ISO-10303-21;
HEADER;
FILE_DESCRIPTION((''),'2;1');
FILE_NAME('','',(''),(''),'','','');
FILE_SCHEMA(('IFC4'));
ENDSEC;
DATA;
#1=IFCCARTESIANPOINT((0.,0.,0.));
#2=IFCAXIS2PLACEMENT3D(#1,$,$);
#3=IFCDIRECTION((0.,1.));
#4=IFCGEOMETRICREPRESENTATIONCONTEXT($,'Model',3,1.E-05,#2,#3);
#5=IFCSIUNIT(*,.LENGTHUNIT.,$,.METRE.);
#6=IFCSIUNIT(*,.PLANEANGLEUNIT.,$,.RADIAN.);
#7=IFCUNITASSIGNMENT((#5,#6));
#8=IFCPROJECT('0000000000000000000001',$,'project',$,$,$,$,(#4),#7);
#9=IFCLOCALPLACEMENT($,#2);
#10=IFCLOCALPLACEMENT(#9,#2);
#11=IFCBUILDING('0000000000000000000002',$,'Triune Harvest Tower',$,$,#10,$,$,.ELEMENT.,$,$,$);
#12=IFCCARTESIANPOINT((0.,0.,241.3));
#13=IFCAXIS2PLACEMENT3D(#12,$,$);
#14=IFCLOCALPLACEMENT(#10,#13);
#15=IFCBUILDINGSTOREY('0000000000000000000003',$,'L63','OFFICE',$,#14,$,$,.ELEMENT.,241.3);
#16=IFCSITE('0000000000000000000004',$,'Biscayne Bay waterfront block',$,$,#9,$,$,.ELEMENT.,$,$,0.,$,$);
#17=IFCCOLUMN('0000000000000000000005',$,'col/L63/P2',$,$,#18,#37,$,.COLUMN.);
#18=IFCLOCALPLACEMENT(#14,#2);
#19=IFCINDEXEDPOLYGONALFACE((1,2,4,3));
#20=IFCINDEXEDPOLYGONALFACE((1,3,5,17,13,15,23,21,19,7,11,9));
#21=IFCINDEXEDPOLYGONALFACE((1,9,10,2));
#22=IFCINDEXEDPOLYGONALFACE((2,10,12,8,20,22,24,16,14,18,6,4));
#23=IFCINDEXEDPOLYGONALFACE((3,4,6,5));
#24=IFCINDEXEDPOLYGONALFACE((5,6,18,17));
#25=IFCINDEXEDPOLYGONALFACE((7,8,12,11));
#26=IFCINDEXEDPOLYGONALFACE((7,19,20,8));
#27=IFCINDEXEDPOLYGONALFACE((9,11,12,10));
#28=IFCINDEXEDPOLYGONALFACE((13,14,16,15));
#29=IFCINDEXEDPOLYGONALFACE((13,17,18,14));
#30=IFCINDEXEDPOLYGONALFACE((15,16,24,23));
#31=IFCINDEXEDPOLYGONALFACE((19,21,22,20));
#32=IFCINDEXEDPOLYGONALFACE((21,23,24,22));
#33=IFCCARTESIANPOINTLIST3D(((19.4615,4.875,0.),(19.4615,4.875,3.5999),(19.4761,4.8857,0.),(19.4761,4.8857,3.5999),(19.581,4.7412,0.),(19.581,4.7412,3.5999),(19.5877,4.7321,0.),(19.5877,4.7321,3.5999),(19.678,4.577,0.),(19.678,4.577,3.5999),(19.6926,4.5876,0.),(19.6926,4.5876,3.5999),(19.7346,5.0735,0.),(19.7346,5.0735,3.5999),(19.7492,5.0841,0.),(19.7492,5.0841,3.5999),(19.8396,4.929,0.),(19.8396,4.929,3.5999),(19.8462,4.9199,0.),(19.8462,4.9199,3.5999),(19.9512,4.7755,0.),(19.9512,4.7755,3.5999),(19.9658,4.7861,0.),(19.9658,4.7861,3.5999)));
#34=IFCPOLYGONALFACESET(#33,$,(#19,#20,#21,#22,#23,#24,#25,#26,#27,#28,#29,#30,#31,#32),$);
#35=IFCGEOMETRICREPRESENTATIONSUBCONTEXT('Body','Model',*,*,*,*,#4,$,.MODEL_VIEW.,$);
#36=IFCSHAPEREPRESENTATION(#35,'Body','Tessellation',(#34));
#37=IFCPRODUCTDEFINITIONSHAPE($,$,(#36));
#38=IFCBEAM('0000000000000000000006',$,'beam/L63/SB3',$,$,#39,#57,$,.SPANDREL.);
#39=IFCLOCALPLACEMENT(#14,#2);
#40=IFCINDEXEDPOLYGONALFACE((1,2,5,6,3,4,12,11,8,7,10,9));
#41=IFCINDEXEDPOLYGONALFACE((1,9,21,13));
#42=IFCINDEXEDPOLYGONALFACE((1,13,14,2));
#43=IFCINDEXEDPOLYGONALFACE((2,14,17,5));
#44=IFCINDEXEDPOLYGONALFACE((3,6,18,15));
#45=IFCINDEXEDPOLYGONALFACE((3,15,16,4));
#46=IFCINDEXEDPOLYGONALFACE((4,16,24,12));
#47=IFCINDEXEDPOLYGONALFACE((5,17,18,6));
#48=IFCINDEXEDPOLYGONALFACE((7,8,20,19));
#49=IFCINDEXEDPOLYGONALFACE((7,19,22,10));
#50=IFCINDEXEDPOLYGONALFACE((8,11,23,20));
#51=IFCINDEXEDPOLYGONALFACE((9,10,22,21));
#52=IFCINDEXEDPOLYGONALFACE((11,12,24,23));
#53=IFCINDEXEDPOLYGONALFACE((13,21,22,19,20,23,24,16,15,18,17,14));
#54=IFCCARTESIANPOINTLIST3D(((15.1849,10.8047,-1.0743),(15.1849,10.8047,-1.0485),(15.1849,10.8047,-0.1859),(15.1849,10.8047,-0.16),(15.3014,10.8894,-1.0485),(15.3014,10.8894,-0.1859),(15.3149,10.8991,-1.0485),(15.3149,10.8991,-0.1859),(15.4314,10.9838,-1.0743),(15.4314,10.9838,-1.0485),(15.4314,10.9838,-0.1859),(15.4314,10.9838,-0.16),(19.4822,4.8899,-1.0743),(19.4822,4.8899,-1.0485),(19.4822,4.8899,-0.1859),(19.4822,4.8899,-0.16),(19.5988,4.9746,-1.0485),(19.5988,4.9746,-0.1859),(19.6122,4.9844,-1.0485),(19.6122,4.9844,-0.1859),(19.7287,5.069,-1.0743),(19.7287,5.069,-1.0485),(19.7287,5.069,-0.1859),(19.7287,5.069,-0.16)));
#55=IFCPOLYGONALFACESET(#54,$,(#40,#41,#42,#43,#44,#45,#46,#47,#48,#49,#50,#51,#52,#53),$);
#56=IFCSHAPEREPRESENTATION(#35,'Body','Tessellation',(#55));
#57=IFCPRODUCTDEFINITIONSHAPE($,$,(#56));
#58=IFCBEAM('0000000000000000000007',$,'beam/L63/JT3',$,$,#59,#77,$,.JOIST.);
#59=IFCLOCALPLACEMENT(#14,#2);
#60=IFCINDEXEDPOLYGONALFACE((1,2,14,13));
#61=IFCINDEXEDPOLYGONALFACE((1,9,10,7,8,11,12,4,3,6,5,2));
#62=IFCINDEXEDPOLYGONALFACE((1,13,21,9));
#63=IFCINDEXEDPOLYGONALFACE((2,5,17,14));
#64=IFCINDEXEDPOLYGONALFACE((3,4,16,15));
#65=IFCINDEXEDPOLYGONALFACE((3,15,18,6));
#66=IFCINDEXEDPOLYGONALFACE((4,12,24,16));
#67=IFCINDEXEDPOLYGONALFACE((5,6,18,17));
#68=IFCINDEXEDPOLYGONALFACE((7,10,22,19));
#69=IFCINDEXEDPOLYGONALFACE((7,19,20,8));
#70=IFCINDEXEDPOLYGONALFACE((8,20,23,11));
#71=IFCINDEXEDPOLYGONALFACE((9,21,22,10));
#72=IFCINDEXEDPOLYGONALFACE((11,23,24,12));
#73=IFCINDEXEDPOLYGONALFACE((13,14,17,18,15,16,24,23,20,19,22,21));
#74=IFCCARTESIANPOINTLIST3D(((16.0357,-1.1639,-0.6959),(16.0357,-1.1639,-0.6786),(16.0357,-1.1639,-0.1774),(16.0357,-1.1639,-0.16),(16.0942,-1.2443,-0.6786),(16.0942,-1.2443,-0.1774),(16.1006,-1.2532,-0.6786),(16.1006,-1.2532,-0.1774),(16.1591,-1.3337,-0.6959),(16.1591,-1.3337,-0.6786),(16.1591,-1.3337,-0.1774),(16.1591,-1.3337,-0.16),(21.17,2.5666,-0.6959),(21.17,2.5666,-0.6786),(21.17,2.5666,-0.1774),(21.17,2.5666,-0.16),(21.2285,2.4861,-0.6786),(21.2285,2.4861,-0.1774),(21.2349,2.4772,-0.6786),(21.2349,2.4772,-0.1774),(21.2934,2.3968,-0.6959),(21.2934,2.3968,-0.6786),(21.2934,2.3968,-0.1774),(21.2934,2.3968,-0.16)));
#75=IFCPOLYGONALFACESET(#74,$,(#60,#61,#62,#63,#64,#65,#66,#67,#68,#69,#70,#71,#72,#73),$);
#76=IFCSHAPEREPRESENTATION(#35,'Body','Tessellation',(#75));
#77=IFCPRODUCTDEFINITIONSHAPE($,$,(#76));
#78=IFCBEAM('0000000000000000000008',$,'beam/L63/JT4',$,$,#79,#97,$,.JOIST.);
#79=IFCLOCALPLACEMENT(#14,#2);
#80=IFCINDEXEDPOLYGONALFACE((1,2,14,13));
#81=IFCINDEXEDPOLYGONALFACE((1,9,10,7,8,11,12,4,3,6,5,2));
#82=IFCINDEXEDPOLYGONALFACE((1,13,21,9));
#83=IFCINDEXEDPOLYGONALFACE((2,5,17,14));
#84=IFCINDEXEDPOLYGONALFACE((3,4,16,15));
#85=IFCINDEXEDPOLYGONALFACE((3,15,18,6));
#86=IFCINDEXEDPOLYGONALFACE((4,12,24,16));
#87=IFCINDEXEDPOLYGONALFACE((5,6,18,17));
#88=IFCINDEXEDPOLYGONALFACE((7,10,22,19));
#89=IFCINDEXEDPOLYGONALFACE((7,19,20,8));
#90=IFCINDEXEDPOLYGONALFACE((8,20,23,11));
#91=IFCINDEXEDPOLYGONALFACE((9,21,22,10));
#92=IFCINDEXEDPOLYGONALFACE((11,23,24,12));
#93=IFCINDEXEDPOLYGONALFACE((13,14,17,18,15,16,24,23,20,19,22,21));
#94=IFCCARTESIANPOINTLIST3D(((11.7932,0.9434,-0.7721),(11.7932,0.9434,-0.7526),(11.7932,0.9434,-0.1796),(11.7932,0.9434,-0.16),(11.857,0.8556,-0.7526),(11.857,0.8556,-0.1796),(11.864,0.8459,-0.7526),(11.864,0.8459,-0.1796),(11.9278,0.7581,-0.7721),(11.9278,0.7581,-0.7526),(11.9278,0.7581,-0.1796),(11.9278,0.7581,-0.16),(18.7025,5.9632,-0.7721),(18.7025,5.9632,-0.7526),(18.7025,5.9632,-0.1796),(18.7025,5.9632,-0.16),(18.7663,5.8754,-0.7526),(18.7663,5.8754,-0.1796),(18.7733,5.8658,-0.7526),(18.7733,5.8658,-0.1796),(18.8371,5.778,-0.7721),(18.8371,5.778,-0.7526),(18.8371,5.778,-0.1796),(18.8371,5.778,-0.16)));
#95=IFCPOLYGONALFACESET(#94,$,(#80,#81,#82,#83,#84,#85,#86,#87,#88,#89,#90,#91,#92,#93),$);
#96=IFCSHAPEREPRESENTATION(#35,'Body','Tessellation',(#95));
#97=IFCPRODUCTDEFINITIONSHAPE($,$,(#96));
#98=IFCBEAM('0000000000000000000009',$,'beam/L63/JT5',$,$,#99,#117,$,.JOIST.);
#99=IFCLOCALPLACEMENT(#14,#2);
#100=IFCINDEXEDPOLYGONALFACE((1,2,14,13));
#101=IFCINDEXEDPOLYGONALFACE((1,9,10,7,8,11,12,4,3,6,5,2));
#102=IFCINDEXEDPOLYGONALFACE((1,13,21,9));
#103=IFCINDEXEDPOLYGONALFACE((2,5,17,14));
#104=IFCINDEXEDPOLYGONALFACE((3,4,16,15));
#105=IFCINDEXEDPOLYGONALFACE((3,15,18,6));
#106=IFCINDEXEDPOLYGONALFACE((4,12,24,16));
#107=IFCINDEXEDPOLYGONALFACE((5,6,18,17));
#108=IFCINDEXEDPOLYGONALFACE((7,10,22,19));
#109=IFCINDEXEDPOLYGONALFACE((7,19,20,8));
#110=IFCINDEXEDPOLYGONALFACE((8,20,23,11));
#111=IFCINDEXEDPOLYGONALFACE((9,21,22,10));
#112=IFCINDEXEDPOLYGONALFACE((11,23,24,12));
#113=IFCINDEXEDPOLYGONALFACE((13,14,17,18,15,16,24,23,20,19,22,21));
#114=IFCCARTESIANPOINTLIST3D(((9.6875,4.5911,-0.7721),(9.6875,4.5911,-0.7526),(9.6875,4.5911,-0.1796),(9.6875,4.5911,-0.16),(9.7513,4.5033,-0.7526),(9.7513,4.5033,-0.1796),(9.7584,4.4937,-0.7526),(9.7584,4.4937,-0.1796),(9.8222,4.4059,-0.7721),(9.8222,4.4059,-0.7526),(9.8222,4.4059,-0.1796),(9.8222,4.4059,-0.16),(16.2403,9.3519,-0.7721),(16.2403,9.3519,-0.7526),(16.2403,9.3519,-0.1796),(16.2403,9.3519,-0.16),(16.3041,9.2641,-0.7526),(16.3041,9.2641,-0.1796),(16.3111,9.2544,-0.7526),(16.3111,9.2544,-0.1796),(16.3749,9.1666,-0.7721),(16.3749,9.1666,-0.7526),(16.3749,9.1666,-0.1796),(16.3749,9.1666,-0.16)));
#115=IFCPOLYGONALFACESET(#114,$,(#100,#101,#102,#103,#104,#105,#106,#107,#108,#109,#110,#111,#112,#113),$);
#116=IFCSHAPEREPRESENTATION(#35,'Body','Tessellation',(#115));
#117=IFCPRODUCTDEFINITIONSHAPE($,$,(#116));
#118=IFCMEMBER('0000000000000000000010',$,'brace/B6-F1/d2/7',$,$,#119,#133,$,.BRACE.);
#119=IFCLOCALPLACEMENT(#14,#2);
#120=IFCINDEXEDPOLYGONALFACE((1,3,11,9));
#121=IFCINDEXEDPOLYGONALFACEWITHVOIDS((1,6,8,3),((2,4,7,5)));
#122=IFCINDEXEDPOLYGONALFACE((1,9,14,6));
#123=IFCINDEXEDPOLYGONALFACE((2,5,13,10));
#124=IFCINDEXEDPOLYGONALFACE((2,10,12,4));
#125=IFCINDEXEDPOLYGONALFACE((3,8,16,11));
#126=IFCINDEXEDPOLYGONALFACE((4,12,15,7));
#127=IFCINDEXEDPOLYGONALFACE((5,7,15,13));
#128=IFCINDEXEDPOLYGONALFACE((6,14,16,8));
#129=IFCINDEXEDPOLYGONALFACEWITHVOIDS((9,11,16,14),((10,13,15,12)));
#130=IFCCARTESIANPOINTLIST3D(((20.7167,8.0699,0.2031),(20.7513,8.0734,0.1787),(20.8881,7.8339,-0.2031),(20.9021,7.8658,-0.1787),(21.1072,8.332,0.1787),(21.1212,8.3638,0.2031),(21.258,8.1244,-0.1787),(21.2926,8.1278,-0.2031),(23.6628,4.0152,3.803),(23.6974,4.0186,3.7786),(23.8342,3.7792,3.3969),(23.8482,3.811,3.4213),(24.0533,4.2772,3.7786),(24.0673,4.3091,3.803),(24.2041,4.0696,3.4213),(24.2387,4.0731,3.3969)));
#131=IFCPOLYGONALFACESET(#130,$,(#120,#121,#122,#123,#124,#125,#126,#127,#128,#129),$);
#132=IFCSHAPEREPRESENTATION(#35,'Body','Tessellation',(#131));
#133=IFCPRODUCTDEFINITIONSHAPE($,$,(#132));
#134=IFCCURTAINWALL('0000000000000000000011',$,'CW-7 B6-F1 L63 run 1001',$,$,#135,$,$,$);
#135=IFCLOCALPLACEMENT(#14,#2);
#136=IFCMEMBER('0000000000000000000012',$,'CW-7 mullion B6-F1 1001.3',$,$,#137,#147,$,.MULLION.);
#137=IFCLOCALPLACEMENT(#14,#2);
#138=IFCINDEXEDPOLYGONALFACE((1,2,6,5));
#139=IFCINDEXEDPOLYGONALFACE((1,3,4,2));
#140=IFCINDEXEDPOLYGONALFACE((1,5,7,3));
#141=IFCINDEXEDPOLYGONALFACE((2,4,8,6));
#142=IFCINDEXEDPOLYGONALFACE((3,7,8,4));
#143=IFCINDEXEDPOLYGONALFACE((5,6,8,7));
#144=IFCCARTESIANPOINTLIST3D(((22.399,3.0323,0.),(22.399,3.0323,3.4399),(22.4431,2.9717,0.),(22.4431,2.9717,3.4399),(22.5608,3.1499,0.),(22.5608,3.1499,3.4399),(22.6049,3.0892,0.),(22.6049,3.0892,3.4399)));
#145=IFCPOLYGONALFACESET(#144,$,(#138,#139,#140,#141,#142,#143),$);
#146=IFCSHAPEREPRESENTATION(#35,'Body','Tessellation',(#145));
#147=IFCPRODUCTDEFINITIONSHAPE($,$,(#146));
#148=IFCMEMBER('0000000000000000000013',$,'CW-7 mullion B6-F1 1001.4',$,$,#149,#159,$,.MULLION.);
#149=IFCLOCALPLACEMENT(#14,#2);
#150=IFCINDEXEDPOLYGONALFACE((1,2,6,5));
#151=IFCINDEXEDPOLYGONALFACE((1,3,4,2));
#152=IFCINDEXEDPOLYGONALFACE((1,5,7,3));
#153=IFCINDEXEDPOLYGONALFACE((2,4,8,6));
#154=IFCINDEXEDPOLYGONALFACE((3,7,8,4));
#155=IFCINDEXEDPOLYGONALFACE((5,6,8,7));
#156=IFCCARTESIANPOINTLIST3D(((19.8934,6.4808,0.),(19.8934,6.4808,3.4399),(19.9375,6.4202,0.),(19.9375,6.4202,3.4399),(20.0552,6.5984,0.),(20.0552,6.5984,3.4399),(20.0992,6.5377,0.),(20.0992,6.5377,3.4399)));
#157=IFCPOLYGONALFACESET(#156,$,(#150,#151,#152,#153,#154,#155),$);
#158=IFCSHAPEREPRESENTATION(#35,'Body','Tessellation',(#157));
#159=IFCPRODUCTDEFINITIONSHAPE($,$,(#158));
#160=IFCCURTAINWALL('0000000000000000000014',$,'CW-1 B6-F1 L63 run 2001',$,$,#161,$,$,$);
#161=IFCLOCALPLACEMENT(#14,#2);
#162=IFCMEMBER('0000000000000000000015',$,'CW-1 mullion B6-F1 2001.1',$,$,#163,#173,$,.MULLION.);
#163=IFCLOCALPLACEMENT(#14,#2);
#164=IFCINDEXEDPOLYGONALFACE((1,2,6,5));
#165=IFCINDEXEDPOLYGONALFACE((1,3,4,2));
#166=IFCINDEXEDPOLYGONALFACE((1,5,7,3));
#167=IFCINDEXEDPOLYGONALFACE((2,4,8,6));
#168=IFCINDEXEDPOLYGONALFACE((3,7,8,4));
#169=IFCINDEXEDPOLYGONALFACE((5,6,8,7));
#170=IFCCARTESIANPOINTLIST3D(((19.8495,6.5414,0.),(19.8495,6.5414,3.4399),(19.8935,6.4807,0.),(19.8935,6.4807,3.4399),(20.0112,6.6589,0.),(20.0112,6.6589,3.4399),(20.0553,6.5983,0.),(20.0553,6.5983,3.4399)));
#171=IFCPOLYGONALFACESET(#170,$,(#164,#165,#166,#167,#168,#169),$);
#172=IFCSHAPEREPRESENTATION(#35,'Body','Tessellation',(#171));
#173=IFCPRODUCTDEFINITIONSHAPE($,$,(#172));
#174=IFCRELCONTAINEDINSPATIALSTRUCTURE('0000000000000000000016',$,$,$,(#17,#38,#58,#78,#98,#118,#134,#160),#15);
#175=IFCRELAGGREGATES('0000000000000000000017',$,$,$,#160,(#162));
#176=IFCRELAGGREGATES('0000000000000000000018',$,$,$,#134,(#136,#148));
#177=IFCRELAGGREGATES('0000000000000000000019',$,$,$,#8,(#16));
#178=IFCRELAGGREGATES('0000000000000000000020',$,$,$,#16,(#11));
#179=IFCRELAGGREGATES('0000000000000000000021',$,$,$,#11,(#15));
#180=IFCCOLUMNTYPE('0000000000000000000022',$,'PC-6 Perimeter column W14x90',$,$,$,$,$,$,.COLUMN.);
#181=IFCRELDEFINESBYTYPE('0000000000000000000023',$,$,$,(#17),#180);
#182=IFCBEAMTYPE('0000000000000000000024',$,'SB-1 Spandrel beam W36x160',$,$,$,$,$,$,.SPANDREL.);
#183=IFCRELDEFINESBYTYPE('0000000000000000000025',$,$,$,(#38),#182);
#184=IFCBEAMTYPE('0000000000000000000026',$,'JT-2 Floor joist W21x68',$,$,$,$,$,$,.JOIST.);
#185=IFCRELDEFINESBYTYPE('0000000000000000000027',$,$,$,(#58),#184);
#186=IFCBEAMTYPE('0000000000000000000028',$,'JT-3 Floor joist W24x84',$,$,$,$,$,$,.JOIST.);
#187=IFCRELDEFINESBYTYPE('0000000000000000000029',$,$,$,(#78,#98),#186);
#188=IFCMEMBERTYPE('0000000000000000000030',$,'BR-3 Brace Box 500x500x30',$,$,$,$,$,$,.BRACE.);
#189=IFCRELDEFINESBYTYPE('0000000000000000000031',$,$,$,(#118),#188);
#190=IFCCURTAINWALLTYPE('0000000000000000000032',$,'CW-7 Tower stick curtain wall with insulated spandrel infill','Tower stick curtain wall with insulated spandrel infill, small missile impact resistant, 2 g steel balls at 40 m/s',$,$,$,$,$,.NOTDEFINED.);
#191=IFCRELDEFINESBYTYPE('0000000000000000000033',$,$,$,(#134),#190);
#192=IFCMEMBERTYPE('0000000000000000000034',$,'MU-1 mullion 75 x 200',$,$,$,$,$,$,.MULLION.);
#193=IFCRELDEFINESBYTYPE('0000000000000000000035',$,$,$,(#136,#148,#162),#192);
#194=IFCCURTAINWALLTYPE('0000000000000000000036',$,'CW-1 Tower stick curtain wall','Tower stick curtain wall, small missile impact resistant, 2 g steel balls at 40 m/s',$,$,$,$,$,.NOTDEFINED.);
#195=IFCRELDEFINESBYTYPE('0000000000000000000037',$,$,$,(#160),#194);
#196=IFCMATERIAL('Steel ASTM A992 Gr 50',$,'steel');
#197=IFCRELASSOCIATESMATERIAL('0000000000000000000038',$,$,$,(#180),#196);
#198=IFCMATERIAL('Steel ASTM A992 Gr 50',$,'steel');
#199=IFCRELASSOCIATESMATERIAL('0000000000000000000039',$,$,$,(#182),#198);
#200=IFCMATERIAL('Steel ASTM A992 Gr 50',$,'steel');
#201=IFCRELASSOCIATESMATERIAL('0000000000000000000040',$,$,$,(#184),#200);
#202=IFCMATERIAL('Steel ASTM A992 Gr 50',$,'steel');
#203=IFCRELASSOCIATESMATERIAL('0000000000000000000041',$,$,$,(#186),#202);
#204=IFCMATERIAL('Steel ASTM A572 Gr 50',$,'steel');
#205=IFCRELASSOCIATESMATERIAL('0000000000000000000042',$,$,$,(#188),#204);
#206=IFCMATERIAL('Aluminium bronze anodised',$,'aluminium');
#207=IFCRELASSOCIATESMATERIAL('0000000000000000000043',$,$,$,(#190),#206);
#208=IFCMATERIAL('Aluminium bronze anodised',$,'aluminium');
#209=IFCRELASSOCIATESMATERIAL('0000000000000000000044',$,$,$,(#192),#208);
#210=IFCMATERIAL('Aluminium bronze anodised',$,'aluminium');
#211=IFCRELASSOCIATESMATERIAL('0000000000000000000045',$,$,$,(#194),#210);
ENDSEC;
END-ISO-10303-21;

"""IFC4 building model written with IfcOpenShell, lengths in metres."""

from ifc_helpers import new_model, si_unit, direction, frame, origin, origin_2d, place, context, subcontext, project, spatial, rectangle, hollow_rectangle, i_section, extrude, source, transform, mapped, material, material_profile, profile_set, type_object, element, aggregate, save


model = new_model("IFC4")

# Units and contexts
model_context = context("Model", 3, precision=1e-05, world=origin(), true_north=direction((0.0, 1.0)))
body_context = subcontext(model_context, "Body", "Model", "MODEL_VIEW")
ifc_project = project(units=[si_unit("LENGTHUNIT", "METRE"), si_unit("PLANEANGLEUNIT", "RADIAN")], contexts=[model_context])

# Site, building, storey
site_placement = place(None, origin())
site = spatial("IfcSite", under=ifc_project, at=site_placement, Name="Biscayne Bay waterfront block", CompositionType="ELEMENT", RefElevation=0.0)
building_placement = place(site_placement, origin())
building = spatial("IfcBuilding", under=site, at=building_placement, Name="Triune Harvest Tower", CompositionType="ELEMENT")
storey_placement = place(building_placement, frame((0.0, 0.0, 241.3)))
storey = spatial("IfcBuildingStorey", under=building, at=storey_placement, Name="L63", Description="OFFICE", CompositionType="ELEMENT", Elevation=241.3)

# Column
ifc_material_1 = material(Name="Steel ASTM A992 Gr 50", Category="steel")
ifc_material_profile_1 = material_profile(ifc_material_1, i_section(OverallWidth=0.3684, OverallDepth=0.3557, WebThickness=0.0112, FlangeThickness=0.0181, at=origin_2d()), Name="W14x90")
ifc_profile_set_1 = profile_set([ifc_material_profile_1], Name="Steel ASTM A992 Gr 50")
column_type = type_object("IfcColumnType", Name="PC-6 Perimeter column W14x90", PredefinedType="COLUMN", material=ifc_profile_set_1)
shared_shape_1 = source(origin(), body_context, "Body", "SweptSolid", [
    extrude(i_section(OverallWidth=0.3684, OverallDepth=0.3557, WebThickness=0.0112, FlangeThickness=0.0181, at=origin_2d()), origin(), (0.0, 0.0, 1.0), 3.5999),
])
column_placement = place(storey_placement, frame((19.7136, 4.8306, 0.0), z_axis=(0.0, 0.0, 1.0), x_axis=(-0.587785, 0.809017, 0.0)))
element("IfcColumn", 1, at=column_placement, inside=storey, type_object=column_type, Name="col/L63/P2", PredefinedType="COLUMN", context=body_context, shape_type="MappedRepresentation", body=[
    mapped(shared_shape_1, transform((0.0, 0.0, 0.0), scale=1.0)),
])

# Beams
ifc_material_2 = material(Name="Steel ASTM A992 Gr 50", Category="steel")
ifc_material_profile_2 = material_profile(ifc_material_2, i_section(OverallWidth=0.3047, OverallDepth=0.9143, WebThickness=0.0166, FlangeThickness=0.0259, at=origin_2d()), Name="W36x160")
ifc_profile_set_2 = profile_set([ifc_material_profile_2], Name="Steel ASTM A992 Gr 50")
beam_type_1 = type_object("IfcBeamType", Name="SB-1 Spandrel beam W36x160", PredefinedType="SPANDREL", material=ifc_profile_set_2)
shared_shape_2 = source(origin(), body_context, "Body", "SweptSolid", [
    extrude(i_section(OverallWidth=0.3047, OverallDepth=0.9143, WebThickness=0.0166, FlangeThickness=0.0259, at=origin_2d()), origin(), (0.0, 0.0, 1.0), 7.311),
])
beam_1_placement = place(storey_placement, frame((19.6055, 4.9795, -0.6172), z_axis=(-0.587786, 0.809016, 0.0), x_axis=(-0.809016, -0.587786, 0.0)))
element("IfcBeam", 2, at=beam_1_placement, inside=storey, type_object=beam_type_1, Name="beam/L63/SB3", PredefinedType="SPANDREL", context=body_context, shape_type="MappedRepresentation", body=[
    mapped(shared_shape_2, transform((0.0, 0.0, 0.0), scale=1.0)),
])
ifc_material_3 = material(Name="Steel ASTM A992 Gr 50", Category="steel")
ifc_material_profile_3 = material_profile(ifc_material_3, i_section(OverallWidth=0.21, OverallDepth=0.5359, WebThickness=0.011, FlangeThickness=0.0173, at=origin_2d()), Name="W21x68")
ifc_profile_set_3 = profile_set([ifc_material_profile_3], Name="Steel ASTM A992 Gr 50")
beam_type_2 = type_object("IfcBeamType", Name="JT-2 Floor joist W21x68", PredefinedType="JOIST", material=ifc_profile_set_3)
shared_shape_3 = source(origin(), body_context, "Body", "SweptSolid", [
    extrude(i_section(OverallWidth=0.21, OverallDepth=0.5359, WebThickness=0.011, FlangeThickness=0.0173, at=origin_2d()), origin(), (0.0, 0.0, 1.0), 6.3464),
])
beam_2_placement = place(storey_placement, frame((21.2317, 2.4817, -0.428), z_axis=(-0.809002, -0.587806, 0.0), x_axis=(0.587806, -0.809002, 0.0)))
element("IfcBeam", 3, at=beam_2_placement, inside=storey, type_object=beam_type_2, Name="beam/L63/JT3", PredefinedType="JOIST", context=body_context, shape_type="MappedRepresentation", body=[
    mapped(shared_shape_3, transform((0.0, 0.0, 0.0), scale=1.0)),
])
ifc_material_4 = material(Name="Steel ASTM A992 Gr 50", Category="steel")
ifc_material_profile_4 = material_profile(ifc_material_4, i_section(OverallWidth=0.229, OverallDepth=0.6121, WebThickness=0.012, FlangeThickness=0.0195, at=origin_2d()), Name="W24x84")
ifc_profile_set_4 = profile_set([ifc_material_profile_4], Name="Steel ASTM A992 Gr 50")
beam_type_3 = type_object("IfcBeamType", Name="JT-3 Floor joist W24x84", PredefinedType="JOIST", material=ifc_profile_set_4)
shared_shape_4 = source(origin(), body_context, "Body", "SweptSolid", [
    extrude(i_section(OverallWidth=0.229, OverallDepth=0.6121, WebThickness=0.012, FlangeThickness=0.0195, at=origin_2d()), origin(), (0.0, 0.0, 1.0), 8.5403),
])
beam_3_placement = place(storey_placement, frame((18.7698, 5.8706, -0.4661), z_axis=(-0.809019, -0.587782, 0.0), x_axis=(0.587782, -0.809019, 0.0)))
element("IfcBeam", 4, at=beam_3_placement, inside=storey, type_object=beam_type_3, Name="beam/L63/JT4", PredefinedType="JOIST", context=body_context, shape_type="MappedRepresentation", body=[
    mapped(shared_shape_4, transform((0.0, 0.0, 0.0), scale=1.0)),
])
shared_shape_5 = source(origin(), body_context, "Body", "SweptSolid", [
    extrude(i_section(OverallWidth=0.229, OverallDepth=0.6121, WebThickness=0.012, FlangeThickness=0.0195, at=origin_2d()), origin(), (0.0, 0.0, 1.0), 8.0996),
])
beam_4_placement = place(storey_placement, frame((16.3076, 9.2593, -0.4661), z_axis=(-0.809023, -0.587777, 0.0), x_axis=(0.587777, -0.809023, 0.0)))
element("IfcBeam", 5, at=beam_4_placement, inside=storey, type_object=beam_type_3, Name="beam/L63/JT5", PredefinedType="JOIST", context=body_context, shape_type="MappedRepresentation", body=[
    mapped(shared_shape_5, transform((0.0, 0.0, 0.0), scale=1.0)),
])

# Member
ifc_material_5 = material(Name="Steel ASTM A572 Gr 50", Category="steel")
ifc_material_profile_5 = material_profile(ifc_material_5, hollow_rectangle(XDim=0.5, YDim=0.5, WallThickness=0.03, at=origin_2d()), Name="Box 500x500x30")
ifc_profile_set_5 = profile_set([ifc_material_profile_5], Name="Steel ASTM A572 Gr 50")
member_type_1 = type_object("IfcMemberType", Name="BR-3 Brace Box 500x500x30", PredefinedType="BRACE", material=ifc_profile_set_5)
shared_shape_6 = source(origin(), body_context, "Body", "SweptSolid", [
    extrude(hollow_rectangle(XDim=0.5, YDim=0.5, WallThickness=0.03, at=origin_2d()), origin(), (0.0, 0.0, 1.0), 6.1709),
])
member_1_placement = place(storey_placement, frame((21.0046, 8.0989, 0.0), z_axis=(0.477418, -0.657078, 0.58337), x_axis=(0.809004, 0.587804, 0.0)))
element("IfcMember", 6, at=member_1_placement, inside=storey, type_object=member_type_1, Name="brace/B6-F1/d2/7", PredefinedType="BRACE", context=body_context, shape_type="MappedRepresentation", body=[
    mapped(shared_shape_6, transform((0.0, 0.0, 0.0), scale=1.0)),
])

# Curtain walls, members
ifc_material_6 = material(Name="Aluminium bronze anodised", Category="aluminium")
curtain_wall_type_1 = type_object("IfcCurtainWallType", Name="CW-7 Tower stick curtain wall with insulated spandrel infill", Description="Tower stick curtain wall with insulated spandrel infill, small missile impact resistant, 2 g steel balls at 40 m/s", PredefinedType="NOTDEFINED", material=ifc_material_6)
curtain_wall_1_placement = place(storey_placement, origin())
curtain_wall_1 = element("IfcCurtainWall", 7, at=curtain_wall_1_placement, inside=storey, type_object=curtain_wall_type_1, Name="CW-7 B6-F1 L63 run 1001")
ifc_material_7 = material(Name="Aluminium bronze anodised", Category="aluminium")
ifc_material_profile_6 = material_profile(ifc_material_7, rectangle(XDim=0.2, YDim=0.075, at=origin_2d()), Name="MU-1 mullion 75 x 200")
ifc_profile_set_6 = profile_set([ifc_material_profile_6], Name="Aluminium bronze anodised")
member_type_2 = type_object("IfcMemberType", Name="MU-1 mullion 75 x 200", PredefinedType="MULLION", material=ifc_profile_set_6)
shared_shape_7 = source(origin(), body_context, "Body", "SweptSolid", [
    extrude(rectangle(XDim=0.2, YDim=0.075, at=origin_2d()), origin(), (0.0, 0.0, 1.0), 3.4399),
])
member_2_placement = place(storey_placement, frame((22.502, 3.0608, 0.0), z_axis=(0.0, 0.0, 1.0), x_axis=(-0.809017, -0.587786, 0.0)))
member_2 = element("IfcMember", 8, at=member_2_placement, type_object=member_type_2, Name="CW-7 mullion B6-F1 1001.3", PredefinedType="MULLION", context=body_context, shape_type="MappedRepresentation", body=[
    mapped(shared_shape_7, transform((0.0, 0.0, 0.0), scale=1.0)),
])
member_3_placement = place(storey_placement, frame((19.9963, 6.5093, 0.0), z_axis=(0.0, 0.0, 1.0), x_axis=(-0.809017, -0.587786, 0.0)))
member_3 = element("IfcMember", 9, at=member_3_placement, type_object=member_type_2, Name="CW-7 mullion B6-F1 1001.4", PredefinedType="MULLION", context=body_context, shape_type="MappedRepresentation", body=[
    mapped(shared_shape_7, transform((0.0, 0.0, 0.0), scale=1.0)),
])
ifc_material_8 = material(Name="Aluminium bronze anodised", Category="aluminium")
curtain_wall_type_2 = type_object("IfcCurtainWallType", Name="CW-1 Tower stick curtain wall", Description="Tower stick curtain wall, small missile impact resistant, 2 g steel balls at 40 m/s", PredefinedType="NOTDEFINED", material=ifc_material_8)
curtain_wall_2_placement = place(storey_placement, origin())
curtain_wall_2 = element("IfcCurtainWall", 10, at=curtain_wall_2_placement, inside=storey, type_object=curtain_wall_type_2, Name="CW-1 B6-F1 L63 run 2001")
member_4_placement = place(storey_placement, frame((19.9524, 6.5698, 0.0), z_axis=(0.0, 0.0, 1.0), x_axis=(-0.809018, -0.587784, 0.0)))
member_4 = element("IfcMember", 11, at=member_4_placement, type_object=member_type_2, Name="CW-1 mullion B6-F1 2001.1", PredefinedType="MULLION", context=body_context, shape_type="MappedRepresentation", body=[
    mapped(shared_shape_7, transform((0.0, 0.0, 0.0), scale=1.0)),
])

aggregate(curtain_wall_2, [member_4])
aggregate(curtain_wall_1, [member_2, member_3])

save(model, "model.ifc")
